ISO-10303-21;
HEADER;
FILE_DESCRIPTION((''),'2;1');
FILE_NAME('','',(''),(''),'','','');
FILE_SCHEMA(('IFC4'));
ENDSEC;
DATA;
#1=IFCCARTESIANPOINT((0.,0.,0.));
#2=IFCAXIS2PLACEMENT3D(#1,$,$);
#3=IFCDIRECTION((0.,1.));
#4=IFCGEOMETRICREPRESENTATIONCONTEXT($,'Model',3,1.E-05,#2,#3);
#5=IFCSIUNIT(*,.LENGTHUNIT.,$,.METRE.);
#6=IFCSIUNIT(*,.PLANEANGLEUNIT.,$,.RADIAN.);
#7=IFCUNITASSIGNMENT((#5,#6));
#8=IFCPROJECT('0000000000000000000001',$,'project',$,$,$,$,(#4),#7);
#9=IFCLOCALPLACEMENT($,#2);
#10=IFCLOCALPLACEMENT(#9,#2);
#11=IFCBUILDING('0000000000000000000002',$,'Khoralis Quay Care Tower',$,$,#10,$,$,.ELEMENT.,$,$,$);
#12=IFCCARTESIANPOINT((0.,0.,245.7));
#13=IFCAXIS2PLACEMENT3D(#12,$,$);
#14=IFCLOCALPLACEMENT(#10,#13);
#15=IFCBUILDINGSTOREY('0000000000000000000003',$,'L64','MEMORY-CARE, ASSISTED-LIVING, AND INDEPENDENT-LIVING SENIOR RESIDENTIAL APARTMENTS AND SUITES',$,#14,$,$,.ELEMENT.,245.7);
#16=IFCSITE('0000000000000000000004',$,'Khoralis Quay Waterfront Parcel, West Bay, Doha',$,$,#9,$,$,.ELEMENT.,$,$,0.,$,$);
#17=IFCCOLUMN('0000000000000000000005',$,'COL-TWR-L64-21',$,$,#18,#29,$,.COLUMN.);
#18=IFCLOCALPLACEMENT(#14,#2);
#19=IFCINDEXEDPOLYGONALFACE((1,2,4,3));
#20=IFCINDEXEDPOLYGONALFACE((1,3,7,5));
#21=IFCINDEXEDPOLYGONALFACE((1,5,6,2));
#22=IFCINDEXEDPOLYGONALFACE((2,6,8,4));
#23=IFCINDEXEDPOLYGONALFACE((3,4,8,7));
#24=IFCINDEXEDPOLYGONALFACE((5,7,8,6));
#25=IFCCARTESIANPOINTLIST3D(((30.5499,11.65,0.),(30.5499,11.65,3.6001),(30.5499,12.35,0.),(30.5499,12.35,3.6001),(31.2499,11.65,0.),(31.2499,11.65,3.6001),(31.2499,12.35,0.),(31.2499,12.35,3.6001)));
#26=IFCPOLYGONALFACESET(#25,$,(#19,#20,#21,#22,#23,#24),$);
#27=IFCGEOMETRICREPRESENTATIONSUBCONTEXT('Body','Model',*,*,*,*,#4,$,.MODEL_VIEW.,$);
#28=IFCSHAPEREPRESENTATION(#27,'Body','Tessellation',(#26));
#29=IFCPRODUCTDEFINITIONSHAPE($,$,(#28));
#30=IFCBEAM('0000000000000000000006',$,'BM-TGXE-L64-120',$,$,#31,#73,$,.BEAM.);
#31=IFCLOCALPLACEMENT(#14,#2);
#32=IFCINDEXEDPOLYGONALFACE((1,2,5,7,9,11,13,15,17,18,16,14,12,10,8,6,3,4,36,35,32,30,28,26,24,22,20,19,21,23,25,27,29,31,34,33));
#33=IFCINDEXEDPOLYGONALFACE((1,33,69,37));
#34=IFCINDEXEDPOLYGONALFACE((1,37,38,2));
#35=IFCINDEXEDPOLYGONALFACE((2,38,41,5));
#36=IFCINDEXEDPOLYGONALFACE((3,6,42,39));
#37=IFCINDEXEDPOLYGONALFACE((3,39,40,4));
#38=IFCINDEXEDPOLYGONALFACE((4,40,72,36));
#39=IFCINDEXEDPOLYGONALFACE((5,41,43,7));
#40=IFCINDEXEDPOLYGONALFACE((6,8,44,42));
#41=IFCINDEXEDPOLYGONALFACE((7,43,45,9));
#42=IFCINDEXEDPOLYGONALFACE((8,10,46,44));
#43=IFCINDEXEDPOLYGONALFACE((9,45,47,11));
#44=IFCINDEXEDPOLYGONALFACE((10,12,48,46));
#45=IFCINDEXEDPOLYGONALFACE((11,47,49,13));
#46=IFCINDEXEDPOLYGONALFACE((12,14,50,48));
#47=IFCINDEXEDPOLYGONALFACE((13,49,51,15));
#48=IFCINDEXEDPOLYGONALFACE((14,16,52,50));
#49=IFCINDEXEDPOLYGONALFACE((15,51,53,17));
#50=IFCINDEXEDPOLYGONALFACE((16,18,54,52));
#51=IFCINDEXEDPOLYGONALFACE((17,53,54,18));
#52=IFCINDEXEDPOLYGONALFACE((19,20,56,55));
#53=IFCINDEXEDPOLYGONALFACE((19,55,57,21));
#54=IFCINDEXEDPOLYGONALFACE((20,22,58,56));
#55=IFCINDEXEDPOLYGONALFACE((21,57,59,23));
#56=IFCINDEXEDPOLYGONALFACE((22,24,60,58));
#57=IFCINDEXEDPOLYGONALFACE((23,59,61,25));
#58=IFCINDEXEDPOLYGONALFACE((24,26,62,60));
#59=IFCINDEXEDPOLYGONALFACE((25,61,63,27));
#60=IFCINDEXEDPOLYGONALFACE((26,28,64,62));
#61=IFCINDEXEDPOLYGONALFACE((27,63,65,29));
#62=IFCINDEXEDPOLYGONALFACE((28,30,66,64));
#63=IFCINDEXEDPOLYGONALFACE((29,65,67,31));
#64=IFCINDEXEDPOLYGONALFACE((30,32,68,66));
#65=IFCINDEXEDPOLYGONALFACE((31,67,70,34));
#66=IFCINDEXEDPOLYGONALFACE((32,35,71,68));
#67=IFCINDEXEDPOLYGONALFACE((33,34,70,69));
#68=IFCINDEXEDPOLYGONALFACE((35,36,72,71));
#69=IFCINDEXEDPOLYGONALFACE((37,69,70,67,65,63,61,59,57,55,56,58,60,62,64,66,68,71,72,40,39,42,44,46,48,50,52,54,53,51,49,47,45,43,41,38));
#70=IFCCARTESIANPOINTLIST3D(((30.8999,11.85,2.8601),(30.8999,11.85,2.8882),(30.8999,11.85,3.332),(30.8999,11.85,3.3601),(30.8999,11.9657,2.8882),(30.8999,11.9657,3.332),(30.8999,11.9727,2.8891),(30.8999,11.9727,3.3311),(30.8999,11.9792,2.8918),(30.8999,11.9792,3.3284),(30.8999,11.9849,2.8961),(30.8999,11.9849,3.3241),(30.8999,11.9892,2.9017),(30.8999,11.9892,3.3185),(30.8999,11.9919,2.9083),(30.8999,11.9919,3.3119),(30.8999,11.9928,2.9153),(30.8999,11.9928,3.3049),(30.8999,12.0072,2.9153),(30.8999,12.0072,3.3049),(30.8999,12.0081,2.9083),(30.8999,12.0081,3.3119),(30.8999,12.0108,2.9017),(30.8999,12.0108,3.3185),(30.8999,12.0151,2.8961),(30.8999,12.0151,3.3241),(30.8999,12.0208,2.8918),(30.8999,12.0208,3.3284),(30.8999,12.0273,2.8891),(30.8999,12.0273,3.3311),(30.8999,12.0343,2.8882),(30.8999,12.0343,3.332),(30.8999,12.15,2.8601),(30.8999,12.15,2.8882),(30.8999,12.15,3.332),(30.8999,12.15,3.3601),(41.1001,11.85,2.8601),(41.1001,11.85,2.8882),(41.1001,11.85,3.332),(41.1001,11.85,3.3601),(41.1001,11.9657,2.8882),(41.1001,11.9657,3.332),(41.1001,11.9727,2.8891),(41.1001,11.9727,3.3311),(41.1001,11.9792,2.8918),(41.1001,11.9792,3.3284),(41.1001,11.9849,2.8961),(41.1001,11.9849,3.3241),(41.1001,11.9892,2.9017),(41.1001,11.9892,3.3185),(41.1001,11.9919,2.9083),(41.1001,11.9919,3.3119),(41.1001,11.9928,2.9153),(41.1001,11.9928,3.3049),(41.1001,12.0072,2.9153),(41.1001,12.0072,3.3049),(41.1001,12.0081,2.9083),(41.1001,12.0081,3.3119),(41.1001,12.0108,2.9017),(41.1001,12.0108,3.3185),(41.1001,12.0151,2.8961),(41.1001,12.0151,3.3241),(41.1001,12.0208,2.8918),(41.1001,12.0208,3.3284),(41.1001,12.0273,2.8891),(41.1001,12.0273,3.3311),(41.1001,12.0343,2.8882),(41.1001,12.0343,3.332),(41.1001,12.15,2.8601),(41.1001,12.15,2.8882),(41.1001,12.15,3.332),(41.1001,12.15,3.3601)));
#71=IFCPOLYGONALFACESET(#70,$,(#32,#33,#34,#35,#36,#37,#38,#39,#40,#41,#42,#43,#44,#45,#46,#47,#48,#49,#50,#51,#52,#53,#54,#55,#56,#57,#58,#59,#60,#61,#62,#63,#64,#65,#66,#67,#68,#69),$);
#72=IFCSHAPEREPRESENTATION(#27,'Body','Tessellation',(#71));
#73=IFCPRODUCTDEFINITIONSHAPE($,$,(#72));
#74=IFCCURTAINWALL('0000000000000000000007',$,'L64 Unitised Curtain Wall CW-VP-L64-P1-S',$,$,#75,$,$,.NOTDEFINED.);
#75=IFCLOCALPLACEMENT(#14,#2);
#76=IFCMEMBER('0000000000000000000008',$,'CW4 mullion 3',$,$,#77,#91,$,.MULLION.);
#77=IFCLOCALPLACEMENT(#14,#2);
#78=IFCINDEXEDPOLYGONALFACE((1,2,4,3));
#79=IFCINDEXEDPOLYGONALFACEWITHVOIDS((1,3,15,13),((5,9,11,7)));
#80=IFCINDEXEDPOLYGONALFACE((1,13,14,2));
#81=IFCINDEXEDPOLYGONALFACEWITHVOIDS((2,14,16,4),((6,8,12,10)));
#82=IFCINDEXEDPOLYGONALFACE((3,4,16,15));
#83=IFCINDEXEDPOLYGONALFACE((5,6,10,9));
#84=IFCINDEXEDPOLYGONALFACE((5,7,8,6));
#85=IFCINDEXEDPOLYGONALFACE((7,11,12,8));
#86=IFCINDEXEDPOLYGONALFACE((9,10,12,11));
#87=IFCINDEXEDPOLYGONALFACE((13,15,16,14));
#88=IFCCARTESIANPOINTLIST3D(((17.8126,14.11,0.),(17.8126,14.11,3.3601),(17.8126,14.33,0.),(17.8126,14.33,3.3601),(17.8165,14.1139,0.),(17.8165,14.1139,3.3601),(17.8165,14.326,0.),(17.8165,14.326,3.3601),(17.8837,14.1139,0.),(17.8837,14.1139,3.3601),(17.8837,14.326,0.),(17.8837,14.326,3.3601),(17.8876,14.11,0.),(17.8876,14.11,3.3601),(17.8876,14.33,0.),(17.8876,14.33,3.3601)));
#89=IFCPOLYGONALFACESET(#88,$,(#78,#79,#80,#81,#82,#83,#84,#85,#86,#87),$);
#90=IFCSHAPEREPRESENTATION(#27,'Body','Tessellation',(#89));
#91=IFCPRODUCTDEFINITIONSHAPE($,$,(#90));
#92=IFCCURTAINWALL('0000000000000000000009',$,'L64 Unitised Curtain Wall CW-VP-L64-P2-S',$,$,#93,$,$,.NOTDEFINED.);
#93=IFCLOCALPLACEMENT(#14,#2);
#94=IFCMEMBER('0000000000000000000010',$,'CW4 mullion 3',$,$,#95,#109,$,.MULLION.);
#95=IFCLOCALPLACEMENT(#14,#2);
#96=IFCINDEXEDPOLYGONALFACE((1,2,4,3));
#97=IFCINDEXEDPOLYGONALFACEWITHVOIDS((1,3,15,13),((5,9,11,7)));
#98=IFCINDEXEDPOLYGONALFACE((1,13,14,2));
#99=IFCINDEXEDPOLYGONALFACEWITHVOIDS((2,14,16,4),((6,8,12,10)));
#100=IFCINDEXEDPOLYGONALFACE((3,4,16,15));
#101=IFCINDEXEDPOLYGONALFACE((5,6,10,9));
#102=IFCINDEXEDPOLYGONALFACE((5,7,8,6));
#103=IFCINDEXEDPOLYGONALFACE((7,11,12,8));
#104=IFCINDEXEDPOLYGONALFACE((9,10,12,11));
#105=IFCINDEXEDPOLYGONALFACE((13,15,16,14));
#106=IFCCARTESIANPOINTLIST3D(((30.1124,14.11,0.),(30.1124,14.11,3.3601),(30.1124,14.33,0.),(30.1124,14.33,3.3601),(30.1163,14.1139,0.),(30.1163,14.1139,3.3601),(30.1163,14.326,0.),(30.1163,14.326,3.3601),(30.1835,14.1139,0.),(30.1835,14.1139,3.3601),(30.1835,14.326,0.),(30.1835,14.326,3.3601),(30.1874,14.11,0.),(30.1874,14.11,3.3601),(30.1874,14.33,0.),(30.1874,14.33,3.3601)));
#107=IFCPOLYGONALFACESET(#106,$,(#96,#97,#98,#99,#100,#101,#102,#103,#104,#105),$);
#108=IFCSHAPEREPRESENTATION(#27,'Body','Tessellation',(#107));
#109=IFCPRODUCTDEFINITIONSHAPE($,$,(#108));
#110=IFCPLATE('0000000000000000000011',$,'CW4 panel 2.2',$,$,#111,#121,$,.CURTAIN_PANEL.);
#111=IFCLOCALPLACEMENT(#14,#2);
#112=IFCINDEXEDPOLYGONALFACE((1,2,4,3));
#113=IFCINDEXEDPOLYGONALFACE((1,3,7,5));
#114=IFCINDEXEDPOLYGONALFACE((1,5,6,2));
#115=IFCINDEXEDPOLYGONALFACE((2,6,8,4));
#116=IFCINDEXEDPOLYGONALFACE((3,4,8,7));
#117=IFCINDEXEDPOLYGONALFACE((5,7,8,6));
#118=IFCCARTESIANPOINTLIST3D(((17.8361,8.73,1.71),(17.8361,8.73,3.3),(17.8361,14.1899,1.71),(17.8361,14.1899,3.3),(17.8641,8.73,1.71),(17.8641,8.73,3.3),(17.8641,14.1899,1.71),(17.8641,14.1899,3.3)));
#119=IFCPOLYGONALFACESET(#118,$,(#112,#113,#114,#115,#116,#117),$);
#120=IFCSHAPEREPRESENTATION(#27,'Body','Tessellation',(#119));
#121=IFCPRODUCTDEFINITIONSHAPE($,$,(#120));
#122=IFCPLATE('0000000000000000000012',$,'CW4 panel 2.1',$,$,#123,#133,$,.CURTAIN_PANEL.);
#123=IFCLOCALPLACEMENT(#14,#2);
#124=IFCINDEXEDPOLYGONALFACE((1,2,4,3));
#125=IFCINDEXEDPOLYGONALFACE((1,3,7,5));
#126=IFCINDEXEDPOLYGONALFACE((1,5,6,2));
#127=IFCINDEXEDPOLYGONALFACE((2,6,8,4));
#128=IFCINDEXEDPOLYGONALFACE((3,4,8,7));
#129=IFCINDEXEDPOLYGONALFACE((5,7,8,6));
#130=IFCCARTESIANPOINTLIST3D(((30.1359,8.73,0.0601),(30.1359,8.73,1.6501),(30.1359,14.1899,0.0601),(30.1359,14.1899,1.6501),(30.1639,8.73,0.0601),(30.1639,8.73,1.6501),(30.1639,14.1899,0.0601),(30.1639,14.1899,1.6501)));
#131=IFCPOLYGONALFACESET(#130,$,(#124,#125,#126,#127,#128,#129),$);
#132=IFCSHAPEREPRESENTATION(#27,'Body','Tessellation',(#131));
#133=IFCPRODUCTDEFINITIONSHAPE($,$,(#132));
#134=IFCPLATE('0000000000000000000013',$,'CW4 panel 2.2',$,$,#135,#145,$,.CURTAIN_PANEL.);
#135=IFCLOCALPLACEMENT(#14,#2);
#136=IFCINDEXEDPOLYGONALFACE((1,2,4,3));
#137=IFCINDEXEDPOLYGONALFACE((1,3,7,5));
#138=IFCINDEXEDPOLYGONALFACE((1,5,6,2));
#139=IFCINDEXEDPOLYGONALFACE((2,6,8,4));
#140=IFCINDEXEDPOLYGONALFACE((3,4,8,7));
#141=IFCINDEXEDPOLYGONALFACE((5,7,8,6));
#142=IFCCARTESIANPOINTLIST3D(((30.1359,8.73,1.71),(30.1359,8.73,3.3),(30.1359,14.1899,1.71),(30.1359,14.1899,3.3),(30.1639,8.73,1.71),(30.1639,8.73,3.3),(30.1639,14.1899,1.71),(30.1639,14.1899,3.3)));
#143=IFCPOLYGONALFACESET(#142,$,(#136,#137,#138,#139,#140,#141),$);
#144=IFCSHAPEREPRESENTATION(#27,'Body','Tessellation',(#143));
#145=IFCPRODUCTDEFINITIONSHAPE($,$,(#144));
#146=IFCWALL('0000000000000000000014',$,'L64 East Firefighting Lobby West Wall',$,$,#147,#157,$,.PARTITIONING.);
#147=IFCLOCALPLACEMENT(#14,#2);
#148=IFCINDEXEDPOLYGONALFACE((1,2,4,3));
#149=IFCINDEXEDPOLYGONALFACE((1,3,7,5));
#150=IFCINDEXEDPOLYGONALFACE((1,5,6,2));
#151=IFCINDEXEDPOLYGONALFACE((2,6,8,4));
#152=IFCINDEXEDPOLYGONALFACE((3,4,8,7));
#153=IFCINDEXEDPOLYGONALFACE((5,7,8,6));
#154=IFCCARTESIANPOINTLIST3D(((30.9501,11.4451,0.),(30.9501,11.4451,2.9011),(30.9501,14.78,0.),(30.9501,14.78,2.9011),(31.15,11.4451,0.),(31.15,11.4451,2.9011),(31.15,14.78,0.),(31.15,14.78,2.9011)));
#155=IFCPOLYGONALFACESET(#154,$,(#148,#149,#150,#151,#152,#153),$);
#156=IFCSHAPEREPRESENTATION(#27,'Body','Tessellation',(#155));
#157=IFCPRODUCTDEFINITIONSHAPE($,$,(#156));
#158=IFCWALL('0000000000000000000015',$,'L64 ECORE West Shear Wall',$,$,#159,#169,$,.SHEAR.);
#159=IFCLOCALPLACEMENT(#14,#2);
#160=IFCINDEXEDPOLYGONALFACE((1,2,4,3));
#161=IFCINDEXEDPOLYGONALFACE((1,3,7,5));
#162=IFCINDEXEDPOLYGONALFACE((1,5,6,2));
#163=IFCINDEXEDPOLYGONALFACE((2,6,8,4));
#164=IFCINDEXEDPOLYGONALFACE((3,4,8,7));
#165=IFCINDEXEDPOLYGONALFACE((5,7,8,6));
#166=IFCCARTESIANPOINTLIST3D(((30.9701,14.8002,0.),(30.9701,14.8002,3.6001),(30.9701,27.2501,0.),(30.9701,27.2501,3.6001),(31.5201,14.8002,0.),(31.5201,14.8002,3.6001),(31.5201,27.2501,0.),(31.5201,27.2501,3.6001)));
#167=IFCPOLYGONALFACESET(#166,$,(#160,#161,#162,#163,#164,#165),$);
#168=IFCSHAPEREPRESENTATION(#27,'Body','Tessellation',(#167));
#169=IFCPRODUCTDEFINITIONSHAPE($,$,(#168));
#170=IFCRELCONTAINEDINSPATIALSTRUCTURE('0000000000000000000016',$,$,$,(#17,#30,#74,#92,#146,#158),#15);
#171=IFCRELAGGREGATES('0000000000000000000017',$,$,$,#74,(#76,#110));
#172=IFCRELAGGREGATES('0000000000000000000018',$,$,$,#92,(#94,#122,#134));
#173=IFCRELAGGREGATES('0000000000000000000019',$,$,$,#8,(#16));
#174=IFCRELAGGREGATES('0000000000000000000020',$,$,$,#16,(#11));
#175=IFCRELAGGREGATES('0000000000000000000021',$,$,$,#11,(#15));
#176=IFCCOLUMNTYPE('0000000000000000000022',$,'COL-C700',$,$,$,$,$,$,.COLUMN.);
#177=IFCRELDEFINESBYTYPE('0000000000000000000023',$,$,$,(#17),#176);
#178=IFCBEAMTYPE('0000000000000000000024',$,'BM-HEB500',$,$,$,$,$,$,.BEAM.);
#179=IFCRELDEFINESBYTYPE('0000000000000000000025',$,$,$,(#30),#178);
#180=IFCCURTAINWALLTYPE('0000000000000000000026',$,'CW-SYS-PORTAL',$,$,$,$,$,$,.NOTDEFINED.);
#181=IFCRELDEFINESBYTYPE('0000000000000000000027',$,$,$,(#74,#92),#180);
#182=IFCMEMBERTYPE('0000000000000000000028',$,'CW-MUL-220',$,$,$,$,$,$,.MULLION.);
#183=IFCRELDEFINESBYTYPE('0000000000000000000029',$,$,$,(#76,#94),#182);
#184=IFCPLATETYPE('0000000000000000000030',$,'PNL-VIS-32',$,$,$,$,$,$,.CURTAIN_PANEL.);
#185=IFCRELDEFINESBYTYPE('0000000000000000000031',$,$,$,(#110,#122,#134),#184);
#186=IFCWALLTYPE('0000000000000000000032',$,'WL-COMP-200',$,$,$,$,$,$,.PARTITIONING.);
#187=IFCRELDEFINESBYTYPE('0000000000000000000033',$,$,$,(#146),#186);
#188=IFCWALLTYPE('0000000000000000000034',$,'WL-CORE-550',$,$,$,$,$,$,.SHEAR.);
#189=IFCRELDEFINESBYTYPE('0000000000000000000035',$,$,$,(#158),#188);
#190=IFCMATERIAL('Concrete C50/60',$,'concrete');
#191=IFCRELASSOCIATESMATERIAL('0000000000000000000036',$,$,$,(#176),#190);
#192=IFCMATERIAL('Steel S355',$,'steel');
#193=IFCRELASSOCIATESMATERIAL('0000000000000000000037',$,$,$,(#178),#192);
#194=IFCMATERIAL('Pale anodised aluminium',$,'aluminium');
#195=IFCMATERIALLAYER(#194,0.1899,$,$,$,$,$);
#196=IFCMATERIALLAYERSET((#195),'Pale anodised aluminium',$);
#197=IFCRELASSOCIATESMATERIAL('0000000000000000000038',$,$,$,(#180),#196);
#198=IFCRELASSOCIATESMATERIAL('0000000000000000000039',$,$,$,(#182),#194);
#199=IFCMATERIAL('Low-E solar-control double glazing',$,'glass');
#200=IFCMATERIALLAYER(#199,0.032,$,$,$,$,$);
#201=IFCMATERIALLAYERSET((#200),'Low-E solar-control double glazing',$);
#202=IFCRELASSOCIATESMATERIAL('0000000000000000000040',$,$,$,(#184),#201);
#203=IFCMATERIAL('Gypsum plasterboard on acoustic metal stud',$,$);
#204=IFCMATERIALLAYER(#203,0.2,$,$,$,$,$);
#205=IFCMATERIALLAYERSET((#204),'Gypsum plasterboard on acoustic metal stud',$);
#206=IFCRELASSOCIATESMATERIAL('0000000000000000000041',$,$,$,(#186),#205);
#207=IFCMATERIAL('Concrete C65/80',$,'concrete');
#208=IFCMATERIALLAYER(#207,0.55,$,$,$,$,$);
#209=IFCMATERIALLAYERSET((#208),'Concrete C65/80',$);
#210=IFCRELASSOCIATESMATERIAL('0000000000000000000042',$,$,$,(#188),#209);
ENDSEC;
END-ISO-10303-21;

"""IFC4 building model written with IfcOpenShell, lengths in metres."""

from ifc_helpers import new_model, si_unit, direction, frame, frame_2d, origin, origin_2d, place, context, subcontext, project, spatial, rectangle, hollow_rectangle, i_section, extrude, source, transform, mapped, material, layer, layer_set, material_profile, profile_set, type_object, element, aggregate, save


model = new_model("IFC4")

# Units and contexts
model_context = context("Model", 3, precision=1e-05, world=origin(), true_north=direction((0.0, 1.0)))
body_context = subcontext(model_context, "Body", "Model", "MODEL_VIEW")
ifc_project = project(units=[si_unit("LENGTHUNIT", "METRE"), si_unit("PLANEANGLEUNIT", "RADIAN")], contexts=[model_context])

# Site, building, storey
site_placement = place(None, origin())
site = spatial("IfcSite", under=ifc_project, at=site_placement, Name="Khoralis Quay Waterfront Parcel, West Bay, Doha", CompositionType="ELEMENT", RefElevation=0.0)
building_placement = place(site_placement, origin())
building = spatial("IfcBuilding", under=site, at=building_placement, Name="Khoralis Quay Care Tower", CompositionType="ELEMENT")
storey_placement = place(building_placement, frame((0.0, 0.0, 245.7)))
storey = spatial("IfcBuildingStorey", under=building, at=storey_placement, Name="L64", Description="MEMORY-CARE, ASSISTED-LIVING, AND INDEPENDENT-LIVING SENIOR RESIDENTIAL APARTMENTS AND SUITES", CompositionType="ELEMENT", Elevation=245.7)

# Column
ifc_material_1 = material(Name="Concrete C50/60", Category="concrete")
ifc_material_profile_1 = material_profile(ifc_material_1, rectangle(XDim=0.7, YDim=0.7, at=origin_2d()), Name="Concrete C50/60")
ifc_profile_set_1 = profile_set([ifc_material_profile_1], Name="Concrete C50/60")
column_type = type_object("IfcColumnType", Name="COL-C700", PredefinedType="COLUMN", material=ifc_profile_set_1)
shared_shape_1 = source(origin(), body_context, "Body", "SweptSolid", [
    extrude(rectangle(XDim=0.7, YDim=0.7, at=origin_2d()), origin(), (0.0, 0.0, 1.0), 3.6001),
])
column_placement = place(storey_placement, frame((30.8999, 12.0, 0.0), z_axis=(0.0, 0.0, 1.0), x_axis=(1.0, 0.0, 0.0)))
element("IfcColumn", 1, at=column_placement, inside=storey, type_object=column_type, Name="COL-TWR-L64-21", PredefinedType="COLUMN", context=body_context, shape_type="MappedRepresentation", body=[
    mapped(shared_shape_1, transform((0.0, 0.0, 0.0), scale=1.0)),
])

# Beam
ifc_material_2 = material(Name="Steel S355", Category="steel")
ifc_material_profile_2 = material_profile(ifc_material_2, i_section(OverallWidth=0.3, OverallDepth=0.5, WebThickness=0.0144, FlangeThickness=0.0281, FilletRadius=0.0271, at=origin_2d()), Name="Steel S355")
ifc_profile_set_2 = profile_set([ifc_material_profile_2], Name="Steel S355")
beam_type = type_object("IfcBeamType", Name="BM-HEB500", PredefinedType="BEAM", material=ifc_profile_set_2)
shared_shape_2 = source(origin(), body_context, "Body", "SweptSolid", [
    extrude(i_section(OverallWidth=0.3, OverallDepth=0.5, WebThickness=0.0144, FlangeThickness=0.0281, FilletRadius=0.0271, at=origin_2d()), origin(), (0.0, 0.0, 1.0), 10.2002),
])
beam_placement = place(storey_placement, frame((30.8999, 12.0, 3.1101), z_axis=(1.0, 0.0, 0.0), x_axis=(0.0, 1.0, 0.0)))
element("IfcBeam", 2, at=beam_placement, inside=storey, type_object=beam_type, Name="BM-TGXE-L64-120", PredefinedType="BEAM", context=body_context, shape_type="MappedRepresentation", body=[
    mapped(shared_shape_2, transform((0.0, 0.0, 0.0), scale=1.0)),
])

# Curtain walls, members
ifc_material_3 = material(Name="Pale anodised aluminium", Category="aluminium")
ifc_layer_1 = layer(ifc_material_3, 0.1899)
ifc_layer_set_1 = layer_set([ifc_layer_1], Name="Pale anodised aluminium")
curtain_wall_type = type_object("IfcCurtainWallType", Name="CW-SYS-PORTAL", PredefinedType="NOTDEFINED", material=ifc_layer_set_1)
curtain_wall_1_placement = place(storey_placement, origin())
curtain_wall_1 = element("IfcCurtainWall", 3, at=curtain_wall_1_placement, inside=storey, type_object=curtain_wall_type, Name="L64 Unitised Curtain Wall CW-VP-L64-P1-S", PredefinedType="NOTDEFINED")
ifc_material_profile_3 = material_profile(ifc_material_3, hollow_rectangle(XDim=0.075, YDim=0.22, WallThickness=0.0039, at=origin_2d()), Name="Pale anodised aluminium")
ifc_profile_set_3 = profile_set([ifc_material_profile_3], Name="Pale anodised aluminium")
member_type = type_object("IfcMemberType", Name="CW-MUL-220", PredefinedType="MULLION", material=ifc_profile_set_3)
shared_shape_3 = source(origin(), body_context, "Body", "SweptSolid", [
    extrude(hollow_rectangle(XDim=0.075, YDim=0.22, WallThickness=0.0039, at=origin_2d()), origin(), (0.0, 0.0, 1.0), 3.3601),
])
member_1_placement = place(storey_placement, frame((17.8501, 14.22, 0.0), z_axis=(0.0, 0.0, 1.0), x_axis=(-1.0, 0.0, 0.0)))
member_1 = element("IfcMember", 4, at=member_1_placement, type_object=member_type, Name="CW4 mullion 3", PredefinedType="MULLION", context=body_context, shape_type="MappedRepresentation", body=[
    mapped(shared_shape_3, transform((0.0, 0.0, 0.0), scale=1.0)),
])
curtain_wall_2_placement = place(storey_placement, origin())
curtain_wall_2 = element("IfcCurtainWall", 5, at=curtain_wall_2_placement, inside=storey, type_object=curtain_wall_type, Name="L64 Unitised Curtain Wall CW-VP-L64-P2-S", PredefinedType="NOTDEFINED")
member_2_placement = place(storey_placement, frame((30.1499, 14.22, 0.0), z_axis=(0.0, 0.0, 1.0), x_axis=(-1.0, 0.0, 0.0)))
member_2 = element("IfcMember", 6, at=member_2_placement, type_object=member_type, Name="CW4 mullion 3", PredefinedType="MULLION", context=body_context, shape_type="MappedRepresentation", body=[
    mapped(shared_shape_3, transform((0.0, 0.0, 0.0), scale=1.0)),
])

# Plates
ifc_material_4 = material(Name="Low-E solar-control double glazing", Category="glass")
ifc_layer_2 = layer(ifc_material_4, 0.032)
ifc_layer_set_2 = layer_set([ifc_layer_2], Name="Low-E solar-control double glazing")
plate_type = type_object("IfcPlateType", Name="PNL-VIS-32", PredefinedType="CURTAIN_PANEL", material=ifc_layer_set_2)
shared_shape_4 = source(origin(), body_context, "Body", "SweptSolid", [
    extrude(rectangle(XDim=5.46, YDim=0.0281, at=origin_2d()), origin(), (0.0, 0.0, 1.0), 1.5901),
])
plate_1_placement = place(storey_placement, frame((17.8501, 11.46, 1.71), z_axis=(0.0, 0.0, 1.0), x_axis=(0.0, 1.0, 0.0)))
plate_1 = element("IfcPlate", 7, at=plate_1_placement, type_object=plate_type, Name="CW4 panel 2.2", PredefinedType="CURTAIN_PANEL", context=body_context, shape_type="MappedRepresentation", body=[
    mapped(shared_shape_4, transform((0.0, 0.0, 0.0), scale=1.0)),
])
aggregate(curtain_wall_1, [member_1, plate_1])
plate_2_placement = place(storey_placement, frame((30.1499, 11.46, 0.0601), z_axis=(0.0, 0.0, 1.0), x_axis=(0.0, 1.0, 0.0)))
plate_2 = element("IfcPlate", 8, at=plate_2_placement, type_object=plate_type, Name="CW4 panel 2.1", PredefinedType="CURTAIN_PANEL", context=body_context, shape_type="MappedRepresentation", body=[
    mapped(shared_shape_4, transform((0.0, 0.0, 0.0), scale=1.0)),
])
plate_3_placement = place(storey_placement, frame((30.1499, 11.46, 1.71), z_axis=(0.0, 0.0, 1.0), x_axis=(0.0, 1.0, 0.0)))
plate_3 = element("IfcPlate", 9, at=plate_3_placement, type_object=plate_type, Name="CW4 panel 2.2", PredefinedType="CURTAIN_PANEL", context=body_context, shape_type="MappedRepresentation", body=[
    mapped(shared_shape_4, transform((0.0, 0.0, 0.0), scale=1.0)),
])
aggregate(curtain_wall_2, [member_2, plate_2, plate_3])

# Walls
ifc_material_5 = material(Name="Gypsum plasterboard on acoustic metal stud")
ifc_layer_3 = layer(ifc_material_5, 0.2)
ifc_layer_set_3 = layer_set([ifc_layer_3], Name="Gypsum plasterboard on acoustic metal stud")
wall_type_1 = type_object("IfcWallType", Name="WL-COMP-200", PredefinedType="PARTITIONING", material=ifc_layer_set_3)
wall_1_placement = place(storey_placement, frame((31.05, 11.4451, 0.0), z_axis=(0.0, 0.0, 1.0), x_axis=(0.0, 1.0, 0.0)))
element("IfcWall", 10, at=wall_1_placement, inside=storey, type_object=wall_type_1, Name="L64 East Firefighting Lobby West Wall", PredefinedType="PARTITIONING", context=body_context, shape_type="SweptSolid", body=[
    extrude(rectangle(XDim=3.335, YDim=0.2, at=frame_2d((1.6675, 0.0))), origin(), (0.0, 0.0, 1.0), 2.9011),
])
ifc_material_6 = material(Name="Concrete C65/80", Category="concrete")
ifc_layer_4 = layer(ifc_material_6, 0.55)
ifc_layer_set_4 = layer_set([ifc_layer_4], Name="Concrete C65/80")
wall_type_2 = type_object("IfcWallType", Name="WL-CORE-550", PredefinedType="SHEAR", material=ifc_layer_set_4)
wall_2_placement = place(storey_placement, frame((31.2451, 14.8, 0.0), z_axis=(0.0, 0.0, 1.0), x_axis=(0.0, 1.0, 0.0)))
element("IfcWall", 11, at=wall_2_placement, inside=storey, type_object=wall_type_2, Name="L64 ECORE West Shear Wall", PredefinedType="SHEAR", context=body_context, shape_type="SweptSolid", body=[
    extrude(rectangle(XDim=12.45, YDim=0.55, at=frame_2d((6.2251, 0.0))), origin(), (0.0, 0.0, 1.0), 3.6001),
])

save(model, "model.ifc")
